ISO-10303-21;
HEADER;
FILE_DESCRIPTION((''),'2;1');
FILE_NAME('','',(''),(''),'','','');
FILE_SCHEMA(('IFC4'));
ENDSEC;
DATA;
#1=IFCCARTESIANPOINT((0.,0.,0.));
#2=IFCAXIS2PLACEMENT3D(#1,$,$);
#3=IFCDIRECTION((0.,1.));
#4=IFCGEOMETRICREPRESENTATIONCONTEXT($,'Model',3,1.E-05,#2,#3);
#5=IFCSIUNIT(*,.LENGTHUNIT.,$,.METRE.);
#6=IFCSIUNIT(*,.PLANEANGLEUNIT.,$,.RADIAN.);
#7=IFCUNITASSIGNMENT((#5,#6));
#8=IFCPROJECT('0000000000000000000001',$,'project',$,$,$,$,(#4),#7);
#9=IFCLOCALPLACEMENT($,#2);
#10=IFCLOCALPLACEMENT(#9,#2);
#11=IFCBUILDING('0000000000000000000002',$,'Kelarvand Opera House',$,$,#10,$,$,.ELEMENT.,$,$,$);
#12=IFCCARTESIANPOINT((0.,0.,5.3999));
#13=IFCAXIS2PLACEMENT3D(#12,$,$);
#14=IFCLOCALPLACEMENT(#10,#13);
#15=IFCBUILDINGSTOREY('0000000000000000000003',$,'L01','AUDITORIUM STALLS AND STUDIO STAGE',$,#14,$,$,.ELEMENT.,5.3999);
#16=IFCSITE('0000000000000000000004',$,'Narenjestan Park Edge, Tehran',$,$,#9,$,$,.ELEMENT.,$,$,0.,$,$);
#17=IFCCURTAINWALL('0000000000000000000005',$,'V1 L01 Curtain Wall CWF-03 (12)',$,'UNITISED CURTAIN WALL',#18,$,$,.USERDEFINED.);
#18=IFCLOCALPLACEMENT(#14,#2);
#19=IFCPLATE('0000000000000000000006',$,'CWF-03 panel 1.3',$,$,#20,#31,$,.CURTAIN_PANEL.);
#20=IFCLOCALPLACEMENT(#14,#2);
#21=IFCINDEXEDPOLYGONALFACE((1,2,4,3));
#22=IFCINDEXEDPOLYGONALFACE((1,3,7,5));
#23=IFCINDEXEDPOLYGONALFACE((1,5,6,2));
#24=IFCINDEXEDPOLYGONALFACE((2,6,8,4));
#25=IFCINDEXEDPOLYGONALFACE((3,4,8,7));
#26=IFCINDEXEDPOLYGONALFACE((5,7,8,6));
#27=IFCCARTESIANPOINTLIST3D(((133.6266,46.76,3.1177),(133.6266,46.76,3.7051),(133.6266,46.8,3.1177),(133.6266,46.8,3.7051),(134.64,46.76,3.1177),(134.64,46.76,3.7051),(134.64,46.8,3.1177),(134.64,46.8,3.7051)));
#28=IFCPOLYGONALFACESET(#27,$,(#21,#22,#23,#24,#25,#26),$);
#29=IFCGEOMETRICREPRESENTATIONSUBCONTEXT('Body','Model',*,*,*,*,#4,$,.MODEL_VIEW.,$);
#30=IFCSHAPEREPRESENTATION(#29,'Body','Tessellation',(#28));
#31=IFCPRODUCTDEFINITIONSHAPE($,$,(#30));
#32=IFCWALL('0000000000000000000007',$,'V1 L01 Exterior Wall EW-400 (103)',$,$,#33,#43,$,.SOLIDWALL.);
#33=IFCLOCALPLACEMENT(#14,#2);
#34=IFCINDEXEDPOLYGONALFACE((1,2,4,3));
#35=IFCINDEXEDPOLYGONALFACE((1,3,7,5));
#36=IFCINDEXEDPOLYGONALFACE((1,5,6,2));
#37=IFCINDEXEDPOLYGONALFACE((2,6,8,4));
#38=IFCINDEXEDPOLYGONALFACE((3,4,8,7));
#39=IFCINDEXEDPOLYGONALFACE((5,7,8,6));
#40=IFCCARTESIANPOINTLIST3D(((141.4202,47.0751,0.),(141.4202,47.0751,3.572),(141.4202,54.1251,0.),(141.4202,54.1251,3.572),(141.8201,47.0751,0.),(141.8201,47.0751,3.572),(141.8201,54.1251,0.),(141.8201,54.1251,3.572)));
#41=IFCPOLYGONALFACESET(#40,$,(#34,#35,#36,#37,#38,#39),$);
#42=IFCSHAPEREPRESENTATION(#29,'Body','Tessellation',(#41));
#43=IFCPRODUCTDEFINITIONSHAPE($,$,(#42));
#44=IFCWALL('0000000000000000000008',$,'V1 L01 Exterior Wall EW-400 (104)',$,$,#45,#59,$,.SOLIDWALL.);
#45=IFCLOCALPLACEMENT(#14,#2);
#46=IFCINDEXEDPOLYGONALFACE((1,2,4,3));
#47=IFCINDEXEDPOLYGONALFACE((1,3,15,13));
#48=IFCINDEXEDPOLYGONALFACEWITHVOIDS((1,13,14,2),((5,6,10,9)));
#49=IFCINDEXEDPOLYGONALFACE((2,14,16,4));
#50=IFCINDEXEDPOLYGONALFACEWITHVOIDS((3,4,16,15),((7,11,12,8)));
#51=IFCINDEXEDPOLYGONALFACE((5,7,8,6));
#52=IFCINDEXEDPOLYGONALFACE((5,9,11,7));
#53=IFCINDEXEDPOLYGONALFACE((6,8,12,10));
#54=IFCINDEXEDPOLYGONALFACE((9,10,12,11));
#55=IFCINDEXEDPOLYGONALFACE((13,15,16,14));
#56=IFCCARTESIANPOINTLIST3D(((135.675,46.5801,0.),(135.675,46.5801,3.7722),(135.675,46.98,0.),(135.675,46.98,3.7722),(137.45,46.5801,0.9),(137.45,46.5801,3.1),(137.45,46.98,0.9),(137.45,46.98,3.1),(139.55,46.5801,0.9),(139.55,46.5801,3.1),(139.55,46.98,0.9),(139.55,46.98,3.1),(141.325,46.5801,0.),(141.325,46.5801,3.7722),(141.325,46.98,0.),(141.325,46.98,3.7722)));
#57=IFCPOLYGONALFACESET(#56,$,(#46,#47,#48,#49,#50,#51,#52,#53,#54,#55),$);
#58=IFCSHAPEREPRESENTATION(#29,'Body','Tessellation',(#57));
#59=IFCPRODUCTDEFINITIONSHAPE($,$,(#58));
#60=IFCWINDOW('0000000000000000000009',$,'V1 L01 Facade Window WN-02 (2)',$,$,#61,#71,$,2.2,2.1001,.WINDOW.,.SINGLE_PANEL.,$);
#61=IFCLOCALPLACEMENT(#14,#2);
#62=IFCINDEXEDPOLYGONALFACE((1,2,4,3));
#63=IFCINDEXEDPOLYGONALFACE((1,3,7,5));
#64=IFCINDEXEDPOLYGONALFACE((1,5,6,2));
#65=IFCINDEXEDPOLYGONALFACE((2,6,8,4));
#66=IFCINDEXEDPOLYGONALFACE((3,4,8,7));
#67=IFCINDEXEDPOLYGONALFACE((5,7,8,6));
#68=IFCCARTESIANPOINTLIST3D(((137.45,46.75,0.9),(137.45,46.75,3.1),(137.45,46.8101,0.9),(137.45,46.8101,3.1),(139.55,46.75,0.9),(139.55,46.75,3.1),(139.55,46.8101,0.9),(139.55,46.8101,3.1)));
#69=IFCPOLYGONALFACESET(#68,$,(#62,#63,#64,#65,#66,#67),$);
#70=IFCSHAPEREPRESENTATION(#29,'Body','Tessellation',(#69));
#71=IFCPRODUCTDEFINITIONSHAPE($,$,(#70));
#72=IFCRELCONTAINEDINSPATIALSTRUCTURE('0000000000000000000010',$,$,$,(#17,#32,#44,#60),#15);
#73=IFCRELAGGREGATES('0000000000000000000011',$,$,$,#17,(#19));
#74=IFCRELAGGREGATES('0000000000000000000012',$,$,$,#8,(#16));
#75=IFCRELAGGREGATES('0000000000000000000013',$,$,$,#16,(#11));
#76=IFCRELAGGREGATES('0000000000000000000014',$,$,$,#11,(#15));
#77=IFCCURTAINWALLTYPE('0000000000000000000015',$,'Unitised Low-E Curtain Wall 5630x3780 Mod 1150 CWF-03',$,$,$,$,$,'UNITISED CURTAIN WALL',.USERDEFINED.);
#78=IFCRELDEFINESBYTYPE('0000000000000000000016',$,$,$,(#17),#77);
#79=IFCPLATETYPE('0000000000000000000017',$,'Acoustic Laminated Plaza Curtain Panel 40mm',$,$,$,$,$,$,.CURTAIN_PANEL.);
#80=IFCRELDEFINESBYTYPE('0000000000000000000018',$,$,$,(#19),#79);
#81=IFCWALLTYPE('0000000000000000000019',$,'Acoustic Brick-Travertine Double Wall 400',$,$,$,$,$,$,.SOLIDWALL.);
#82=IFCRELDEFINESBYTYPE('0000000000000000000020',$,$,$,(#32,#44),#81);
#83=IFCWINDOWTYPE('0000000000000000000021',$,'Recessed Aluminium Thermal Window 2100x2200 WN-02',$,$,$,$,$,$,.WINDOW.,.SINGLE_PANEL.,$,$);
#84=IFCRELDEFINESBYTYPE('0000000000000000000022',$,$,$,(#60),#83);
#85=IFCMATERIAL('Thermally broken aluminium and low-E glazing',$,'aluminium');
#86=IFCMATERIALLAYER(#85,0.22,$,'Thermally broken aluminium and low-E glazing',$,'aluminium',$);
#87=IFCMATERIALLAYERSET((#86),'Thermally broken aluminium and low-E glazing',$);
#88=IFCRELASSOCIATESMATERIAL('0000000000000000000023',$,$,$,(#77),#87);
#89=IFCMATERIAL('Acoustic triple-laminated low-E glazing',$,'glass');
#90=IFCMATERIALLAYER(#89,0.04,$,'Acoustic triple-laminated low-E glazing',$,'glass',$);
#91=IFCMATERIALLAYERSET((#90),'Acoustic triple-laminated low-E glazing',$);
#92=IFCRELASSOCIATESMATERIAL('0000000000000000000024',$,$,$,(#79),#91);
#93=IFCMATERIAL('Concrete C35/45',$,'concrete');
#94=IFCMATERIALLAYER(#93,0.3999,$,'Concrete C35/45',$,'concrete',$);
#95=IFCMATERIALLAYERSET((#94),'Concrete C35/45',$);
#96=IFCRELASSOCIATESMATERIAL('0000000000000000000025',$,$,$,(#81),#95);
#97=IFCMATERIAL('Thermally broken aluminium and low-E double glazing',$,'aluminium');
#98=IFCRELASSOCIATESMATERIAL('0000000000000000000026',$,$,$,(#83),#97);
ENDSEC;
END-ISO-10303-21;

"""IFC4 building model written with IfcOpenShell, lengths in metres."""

from ifc_helpers import new_model, si_unit, direction, frame, frame_2d, origin, origin_2d, place, context, subcontext, project, spatial, rectangle, extrude, material, layer, layer_set, type_object, element, fill, aggregate, save


model = new_model("IFC4")

# Units and contexts
model_context = context("Model", 3, precision=1e-05, world=origin(), true_north=direction((0.0, 1.0)))
body_context = subcontext(model_context, "Body", "Model", "MODEL_VIEW")
ifc_project = project(units=[si_unit("LENGTHUNIT", "METRE"), si_unit("PLANEANGLEUNIT", "RADIAN")], contexts=[model_context])

# Site, building, storey
site_placement = place(None, origin())
site = spatial("IfcSite", under=ifc_project, at=site_placement, Name="Narenjestan Park Edge, Tehran", CompositionType="ELEMENT", RefElevation=0.0)
building_placement = place(site_placement, origin())
building = spatial("IfcBuilding", under=site, at=building_placement, Name="Kelarvand Opera House", CompositionType="ELEMENT")
storey_placement = place(building_placement, frame((0.0, 0.0, 5.3999)))
storey = spatial("IfcBuildingStorey", under=building, at=storey_placement, Name="L01", Description="AUDITORIUM STALLS AND STUDIO STAGE", CompositionType="ELEMENT", Elevation=5.3999)

# Shared definitions
ifc_material_1 = material(Name="Thermally broken aluminium and low-E glazing", Category="aluminium")

# Curtain wall
ifc_layer_1 = layer(ifc_material_1, 0.22, Name="Thermally broken aluminium and low-E glazing", Category="aluminium")
ifc_layer_set_1 = layer_set([ifc_layer_1], Name="Thermally broken aluminium and low-E glazing")
curtain_wall_type_1 = type_object("IfcCurtainWallType", Name="Unitised Low-E Curtain Wall 5630x3780 Mod 1150 CWF-03", ElementType="UNITISED CURTAIN WALL", PredefinedType="USERDEFINED", material=ifc_layer_set_1)
curtain_wall_1_placement = place(storey_placement, origin())
curtain_wall_1 = element("IfcCurtainWall", 1, at=curtain_wall_1_placement, inside=storey, type_object=curtain_wall_type_1, Name="V1 L01 Curtain Wall CWF-03 (12)", ObjectType="UNITISED CURTAIN WALL", PredefinedType="USERDEFINED")

# Plate
ifc_material_2 = material(Name="Acoustic triple-laminated low-E glazing", Category="glass")
ifc_layer_2 = layer(ifc_material_2, 0.04, Name="Acoustic triple-laminated low-E glazing", Category="glass")
ifc_layer_set_2 = layer_set([ifc_layer_2], Name="Acoustic triple-laminated low-E glazing")
plate_type = type_object("IfcPlateType", Name="Acoustic Laminated Plaza Curtain Panel 40mm", PredefinedType="CURTAIN_PANEL", material=ifc_layer_set_2)
plate_1_placement = place(storey_placement, frame((134.1333, 46.78, 3.1177), z_axis=(0.0, 0.0, 1.0), x_axis=(-1.0, 0.0, 0.0)))
plate_1 = element("IfcPlate", 2, at=plate_1_placement, type_object=plate_type, Name="CWF-03 panel 1.3", PredefinedType="CURTAIN_PANEL", context=body_context, shape_type="SweptSolid", body=[
    extrude(rectangle(XDim=1.0134, YDim=0.04, at=origin_2d()), origin(), (0.0, 0.0, 1.0), 0.5874),
])
aggregate(curtain_wall_1, [plate_1])

# Wall
ifc_material_3 = material(Name="Concrete C35/45", Category="concrete")
ifc_layer_3 = layer(ifc_material_3, 0.3999, Name="Concrete C35/45", Category="concrete")
ifc_layer_set_3 = layer_set([ifc_layer_3], Name="Concrete C35/45")
wall_type = type_object("IfcWallType", Name="Acoustic Brick-Travertine Double Wall 400", PredefinedType="SOLIDWALL", material=ifc_layer_set_3)
wall_1_placement = place(storey_placement, frame((141.6201, 54.125, 0.0), z_axis=(0.0, 0.0, 1.0), x_axis=(0.0, -1.0, 0.0)))
element("IfcWall", 3, at=wall_1_placement, inside=storey, type_object=wall_type, Name="V1 L01 Exterior Wall EW-400 (103)", PredefinedType="SOLIDWALL", context=body_context, shape_type="SweptSolid", body=[
    extrude(rectangle(XDim=7.05, YDim=0.3999, at=frame_2d((3.5249, 0.0))), origin(), (0.0, 0.0, 1.0), 3.572),
])

# Wall, opening, window
wall_2_placement = place(storey_placement, frame((141.325, 46.78, 0.0), z_axis=(0.0, 0.0, 1.0), x_axis=(-1.0, 0.0, 0.0)))
wall_2 = element("IfcWall", 4, at=wall_2_placement, inside=storey, type_object=wall_type, Name="V1 L01 Exterior Wall EW-400 (104)", PredefinedType="SOLIDWALL", context=body_context, shape_type="SweptSolid", body=[
    extrude(rectangle(XDim=5.6499, YDim=0.3999, at=frame_2d((2.825, 0.0))), origin(), (0.0, 0.0, 1.0), 3.7722),
])
opening_placement = place(wall_2_placement, frame((1.7749, 0.0, 0.8999)))
opening = element("IfcOpeningElement", 5, at=opening_placement, cuts=wall_2, PredefinedType="OPENING", context=body_context, shape_type="SweptSolid", body=[
    extrude(rectangle(XDim=2.1001, YDim=2.2, at=frame_2d((1.05, 1.1001))), frame((0.0, 0.21, 0.0), z_axis=(0.0, -1.0, 0.0), x_axis=(1.0, 0.0, 0.0)), (0.0, 0.0, 1.0), 0.4199),
])
ifc_material_4 = material(Name="Thermally broken aluminium and low-E double glazing", Category="aluminium")
window_type = type_object("IfcWindowType", Name="Recessed Aluminium Thermal Window 2100x2200 WN-02", PartitioningType="SINGLE_PANEL", PredefinedType="WINDOW", material=ifc_material_4)
window_placement = place(opening_placement, origin())
window = element("IfcWindow", 6, at=window_placement, inside=storey, type_object=window_type, Name="V1 L01 Facade Window WN-02 (2)", OverallHeight=2.2, OverallWidth=2.1001, PartitioningType="SINGLE_PANEL", PredefinedType="WINDOW", context=body_context, shape_type="SweptSolid", body=[
    extrude(rectangle(XDim=2.1001, YDim=2.2, at=frame_2d((1.05, 1.1001))), frame((0.0, 0.03, 0.0), z_axis=(0.0, -1.0, 0.0), x_axis=(1.0, 0.0, 0.0)), (0.0, 0.0, 1.0), 0.0601),
])
fill(opening, window)

save(model, "model.ifc")
